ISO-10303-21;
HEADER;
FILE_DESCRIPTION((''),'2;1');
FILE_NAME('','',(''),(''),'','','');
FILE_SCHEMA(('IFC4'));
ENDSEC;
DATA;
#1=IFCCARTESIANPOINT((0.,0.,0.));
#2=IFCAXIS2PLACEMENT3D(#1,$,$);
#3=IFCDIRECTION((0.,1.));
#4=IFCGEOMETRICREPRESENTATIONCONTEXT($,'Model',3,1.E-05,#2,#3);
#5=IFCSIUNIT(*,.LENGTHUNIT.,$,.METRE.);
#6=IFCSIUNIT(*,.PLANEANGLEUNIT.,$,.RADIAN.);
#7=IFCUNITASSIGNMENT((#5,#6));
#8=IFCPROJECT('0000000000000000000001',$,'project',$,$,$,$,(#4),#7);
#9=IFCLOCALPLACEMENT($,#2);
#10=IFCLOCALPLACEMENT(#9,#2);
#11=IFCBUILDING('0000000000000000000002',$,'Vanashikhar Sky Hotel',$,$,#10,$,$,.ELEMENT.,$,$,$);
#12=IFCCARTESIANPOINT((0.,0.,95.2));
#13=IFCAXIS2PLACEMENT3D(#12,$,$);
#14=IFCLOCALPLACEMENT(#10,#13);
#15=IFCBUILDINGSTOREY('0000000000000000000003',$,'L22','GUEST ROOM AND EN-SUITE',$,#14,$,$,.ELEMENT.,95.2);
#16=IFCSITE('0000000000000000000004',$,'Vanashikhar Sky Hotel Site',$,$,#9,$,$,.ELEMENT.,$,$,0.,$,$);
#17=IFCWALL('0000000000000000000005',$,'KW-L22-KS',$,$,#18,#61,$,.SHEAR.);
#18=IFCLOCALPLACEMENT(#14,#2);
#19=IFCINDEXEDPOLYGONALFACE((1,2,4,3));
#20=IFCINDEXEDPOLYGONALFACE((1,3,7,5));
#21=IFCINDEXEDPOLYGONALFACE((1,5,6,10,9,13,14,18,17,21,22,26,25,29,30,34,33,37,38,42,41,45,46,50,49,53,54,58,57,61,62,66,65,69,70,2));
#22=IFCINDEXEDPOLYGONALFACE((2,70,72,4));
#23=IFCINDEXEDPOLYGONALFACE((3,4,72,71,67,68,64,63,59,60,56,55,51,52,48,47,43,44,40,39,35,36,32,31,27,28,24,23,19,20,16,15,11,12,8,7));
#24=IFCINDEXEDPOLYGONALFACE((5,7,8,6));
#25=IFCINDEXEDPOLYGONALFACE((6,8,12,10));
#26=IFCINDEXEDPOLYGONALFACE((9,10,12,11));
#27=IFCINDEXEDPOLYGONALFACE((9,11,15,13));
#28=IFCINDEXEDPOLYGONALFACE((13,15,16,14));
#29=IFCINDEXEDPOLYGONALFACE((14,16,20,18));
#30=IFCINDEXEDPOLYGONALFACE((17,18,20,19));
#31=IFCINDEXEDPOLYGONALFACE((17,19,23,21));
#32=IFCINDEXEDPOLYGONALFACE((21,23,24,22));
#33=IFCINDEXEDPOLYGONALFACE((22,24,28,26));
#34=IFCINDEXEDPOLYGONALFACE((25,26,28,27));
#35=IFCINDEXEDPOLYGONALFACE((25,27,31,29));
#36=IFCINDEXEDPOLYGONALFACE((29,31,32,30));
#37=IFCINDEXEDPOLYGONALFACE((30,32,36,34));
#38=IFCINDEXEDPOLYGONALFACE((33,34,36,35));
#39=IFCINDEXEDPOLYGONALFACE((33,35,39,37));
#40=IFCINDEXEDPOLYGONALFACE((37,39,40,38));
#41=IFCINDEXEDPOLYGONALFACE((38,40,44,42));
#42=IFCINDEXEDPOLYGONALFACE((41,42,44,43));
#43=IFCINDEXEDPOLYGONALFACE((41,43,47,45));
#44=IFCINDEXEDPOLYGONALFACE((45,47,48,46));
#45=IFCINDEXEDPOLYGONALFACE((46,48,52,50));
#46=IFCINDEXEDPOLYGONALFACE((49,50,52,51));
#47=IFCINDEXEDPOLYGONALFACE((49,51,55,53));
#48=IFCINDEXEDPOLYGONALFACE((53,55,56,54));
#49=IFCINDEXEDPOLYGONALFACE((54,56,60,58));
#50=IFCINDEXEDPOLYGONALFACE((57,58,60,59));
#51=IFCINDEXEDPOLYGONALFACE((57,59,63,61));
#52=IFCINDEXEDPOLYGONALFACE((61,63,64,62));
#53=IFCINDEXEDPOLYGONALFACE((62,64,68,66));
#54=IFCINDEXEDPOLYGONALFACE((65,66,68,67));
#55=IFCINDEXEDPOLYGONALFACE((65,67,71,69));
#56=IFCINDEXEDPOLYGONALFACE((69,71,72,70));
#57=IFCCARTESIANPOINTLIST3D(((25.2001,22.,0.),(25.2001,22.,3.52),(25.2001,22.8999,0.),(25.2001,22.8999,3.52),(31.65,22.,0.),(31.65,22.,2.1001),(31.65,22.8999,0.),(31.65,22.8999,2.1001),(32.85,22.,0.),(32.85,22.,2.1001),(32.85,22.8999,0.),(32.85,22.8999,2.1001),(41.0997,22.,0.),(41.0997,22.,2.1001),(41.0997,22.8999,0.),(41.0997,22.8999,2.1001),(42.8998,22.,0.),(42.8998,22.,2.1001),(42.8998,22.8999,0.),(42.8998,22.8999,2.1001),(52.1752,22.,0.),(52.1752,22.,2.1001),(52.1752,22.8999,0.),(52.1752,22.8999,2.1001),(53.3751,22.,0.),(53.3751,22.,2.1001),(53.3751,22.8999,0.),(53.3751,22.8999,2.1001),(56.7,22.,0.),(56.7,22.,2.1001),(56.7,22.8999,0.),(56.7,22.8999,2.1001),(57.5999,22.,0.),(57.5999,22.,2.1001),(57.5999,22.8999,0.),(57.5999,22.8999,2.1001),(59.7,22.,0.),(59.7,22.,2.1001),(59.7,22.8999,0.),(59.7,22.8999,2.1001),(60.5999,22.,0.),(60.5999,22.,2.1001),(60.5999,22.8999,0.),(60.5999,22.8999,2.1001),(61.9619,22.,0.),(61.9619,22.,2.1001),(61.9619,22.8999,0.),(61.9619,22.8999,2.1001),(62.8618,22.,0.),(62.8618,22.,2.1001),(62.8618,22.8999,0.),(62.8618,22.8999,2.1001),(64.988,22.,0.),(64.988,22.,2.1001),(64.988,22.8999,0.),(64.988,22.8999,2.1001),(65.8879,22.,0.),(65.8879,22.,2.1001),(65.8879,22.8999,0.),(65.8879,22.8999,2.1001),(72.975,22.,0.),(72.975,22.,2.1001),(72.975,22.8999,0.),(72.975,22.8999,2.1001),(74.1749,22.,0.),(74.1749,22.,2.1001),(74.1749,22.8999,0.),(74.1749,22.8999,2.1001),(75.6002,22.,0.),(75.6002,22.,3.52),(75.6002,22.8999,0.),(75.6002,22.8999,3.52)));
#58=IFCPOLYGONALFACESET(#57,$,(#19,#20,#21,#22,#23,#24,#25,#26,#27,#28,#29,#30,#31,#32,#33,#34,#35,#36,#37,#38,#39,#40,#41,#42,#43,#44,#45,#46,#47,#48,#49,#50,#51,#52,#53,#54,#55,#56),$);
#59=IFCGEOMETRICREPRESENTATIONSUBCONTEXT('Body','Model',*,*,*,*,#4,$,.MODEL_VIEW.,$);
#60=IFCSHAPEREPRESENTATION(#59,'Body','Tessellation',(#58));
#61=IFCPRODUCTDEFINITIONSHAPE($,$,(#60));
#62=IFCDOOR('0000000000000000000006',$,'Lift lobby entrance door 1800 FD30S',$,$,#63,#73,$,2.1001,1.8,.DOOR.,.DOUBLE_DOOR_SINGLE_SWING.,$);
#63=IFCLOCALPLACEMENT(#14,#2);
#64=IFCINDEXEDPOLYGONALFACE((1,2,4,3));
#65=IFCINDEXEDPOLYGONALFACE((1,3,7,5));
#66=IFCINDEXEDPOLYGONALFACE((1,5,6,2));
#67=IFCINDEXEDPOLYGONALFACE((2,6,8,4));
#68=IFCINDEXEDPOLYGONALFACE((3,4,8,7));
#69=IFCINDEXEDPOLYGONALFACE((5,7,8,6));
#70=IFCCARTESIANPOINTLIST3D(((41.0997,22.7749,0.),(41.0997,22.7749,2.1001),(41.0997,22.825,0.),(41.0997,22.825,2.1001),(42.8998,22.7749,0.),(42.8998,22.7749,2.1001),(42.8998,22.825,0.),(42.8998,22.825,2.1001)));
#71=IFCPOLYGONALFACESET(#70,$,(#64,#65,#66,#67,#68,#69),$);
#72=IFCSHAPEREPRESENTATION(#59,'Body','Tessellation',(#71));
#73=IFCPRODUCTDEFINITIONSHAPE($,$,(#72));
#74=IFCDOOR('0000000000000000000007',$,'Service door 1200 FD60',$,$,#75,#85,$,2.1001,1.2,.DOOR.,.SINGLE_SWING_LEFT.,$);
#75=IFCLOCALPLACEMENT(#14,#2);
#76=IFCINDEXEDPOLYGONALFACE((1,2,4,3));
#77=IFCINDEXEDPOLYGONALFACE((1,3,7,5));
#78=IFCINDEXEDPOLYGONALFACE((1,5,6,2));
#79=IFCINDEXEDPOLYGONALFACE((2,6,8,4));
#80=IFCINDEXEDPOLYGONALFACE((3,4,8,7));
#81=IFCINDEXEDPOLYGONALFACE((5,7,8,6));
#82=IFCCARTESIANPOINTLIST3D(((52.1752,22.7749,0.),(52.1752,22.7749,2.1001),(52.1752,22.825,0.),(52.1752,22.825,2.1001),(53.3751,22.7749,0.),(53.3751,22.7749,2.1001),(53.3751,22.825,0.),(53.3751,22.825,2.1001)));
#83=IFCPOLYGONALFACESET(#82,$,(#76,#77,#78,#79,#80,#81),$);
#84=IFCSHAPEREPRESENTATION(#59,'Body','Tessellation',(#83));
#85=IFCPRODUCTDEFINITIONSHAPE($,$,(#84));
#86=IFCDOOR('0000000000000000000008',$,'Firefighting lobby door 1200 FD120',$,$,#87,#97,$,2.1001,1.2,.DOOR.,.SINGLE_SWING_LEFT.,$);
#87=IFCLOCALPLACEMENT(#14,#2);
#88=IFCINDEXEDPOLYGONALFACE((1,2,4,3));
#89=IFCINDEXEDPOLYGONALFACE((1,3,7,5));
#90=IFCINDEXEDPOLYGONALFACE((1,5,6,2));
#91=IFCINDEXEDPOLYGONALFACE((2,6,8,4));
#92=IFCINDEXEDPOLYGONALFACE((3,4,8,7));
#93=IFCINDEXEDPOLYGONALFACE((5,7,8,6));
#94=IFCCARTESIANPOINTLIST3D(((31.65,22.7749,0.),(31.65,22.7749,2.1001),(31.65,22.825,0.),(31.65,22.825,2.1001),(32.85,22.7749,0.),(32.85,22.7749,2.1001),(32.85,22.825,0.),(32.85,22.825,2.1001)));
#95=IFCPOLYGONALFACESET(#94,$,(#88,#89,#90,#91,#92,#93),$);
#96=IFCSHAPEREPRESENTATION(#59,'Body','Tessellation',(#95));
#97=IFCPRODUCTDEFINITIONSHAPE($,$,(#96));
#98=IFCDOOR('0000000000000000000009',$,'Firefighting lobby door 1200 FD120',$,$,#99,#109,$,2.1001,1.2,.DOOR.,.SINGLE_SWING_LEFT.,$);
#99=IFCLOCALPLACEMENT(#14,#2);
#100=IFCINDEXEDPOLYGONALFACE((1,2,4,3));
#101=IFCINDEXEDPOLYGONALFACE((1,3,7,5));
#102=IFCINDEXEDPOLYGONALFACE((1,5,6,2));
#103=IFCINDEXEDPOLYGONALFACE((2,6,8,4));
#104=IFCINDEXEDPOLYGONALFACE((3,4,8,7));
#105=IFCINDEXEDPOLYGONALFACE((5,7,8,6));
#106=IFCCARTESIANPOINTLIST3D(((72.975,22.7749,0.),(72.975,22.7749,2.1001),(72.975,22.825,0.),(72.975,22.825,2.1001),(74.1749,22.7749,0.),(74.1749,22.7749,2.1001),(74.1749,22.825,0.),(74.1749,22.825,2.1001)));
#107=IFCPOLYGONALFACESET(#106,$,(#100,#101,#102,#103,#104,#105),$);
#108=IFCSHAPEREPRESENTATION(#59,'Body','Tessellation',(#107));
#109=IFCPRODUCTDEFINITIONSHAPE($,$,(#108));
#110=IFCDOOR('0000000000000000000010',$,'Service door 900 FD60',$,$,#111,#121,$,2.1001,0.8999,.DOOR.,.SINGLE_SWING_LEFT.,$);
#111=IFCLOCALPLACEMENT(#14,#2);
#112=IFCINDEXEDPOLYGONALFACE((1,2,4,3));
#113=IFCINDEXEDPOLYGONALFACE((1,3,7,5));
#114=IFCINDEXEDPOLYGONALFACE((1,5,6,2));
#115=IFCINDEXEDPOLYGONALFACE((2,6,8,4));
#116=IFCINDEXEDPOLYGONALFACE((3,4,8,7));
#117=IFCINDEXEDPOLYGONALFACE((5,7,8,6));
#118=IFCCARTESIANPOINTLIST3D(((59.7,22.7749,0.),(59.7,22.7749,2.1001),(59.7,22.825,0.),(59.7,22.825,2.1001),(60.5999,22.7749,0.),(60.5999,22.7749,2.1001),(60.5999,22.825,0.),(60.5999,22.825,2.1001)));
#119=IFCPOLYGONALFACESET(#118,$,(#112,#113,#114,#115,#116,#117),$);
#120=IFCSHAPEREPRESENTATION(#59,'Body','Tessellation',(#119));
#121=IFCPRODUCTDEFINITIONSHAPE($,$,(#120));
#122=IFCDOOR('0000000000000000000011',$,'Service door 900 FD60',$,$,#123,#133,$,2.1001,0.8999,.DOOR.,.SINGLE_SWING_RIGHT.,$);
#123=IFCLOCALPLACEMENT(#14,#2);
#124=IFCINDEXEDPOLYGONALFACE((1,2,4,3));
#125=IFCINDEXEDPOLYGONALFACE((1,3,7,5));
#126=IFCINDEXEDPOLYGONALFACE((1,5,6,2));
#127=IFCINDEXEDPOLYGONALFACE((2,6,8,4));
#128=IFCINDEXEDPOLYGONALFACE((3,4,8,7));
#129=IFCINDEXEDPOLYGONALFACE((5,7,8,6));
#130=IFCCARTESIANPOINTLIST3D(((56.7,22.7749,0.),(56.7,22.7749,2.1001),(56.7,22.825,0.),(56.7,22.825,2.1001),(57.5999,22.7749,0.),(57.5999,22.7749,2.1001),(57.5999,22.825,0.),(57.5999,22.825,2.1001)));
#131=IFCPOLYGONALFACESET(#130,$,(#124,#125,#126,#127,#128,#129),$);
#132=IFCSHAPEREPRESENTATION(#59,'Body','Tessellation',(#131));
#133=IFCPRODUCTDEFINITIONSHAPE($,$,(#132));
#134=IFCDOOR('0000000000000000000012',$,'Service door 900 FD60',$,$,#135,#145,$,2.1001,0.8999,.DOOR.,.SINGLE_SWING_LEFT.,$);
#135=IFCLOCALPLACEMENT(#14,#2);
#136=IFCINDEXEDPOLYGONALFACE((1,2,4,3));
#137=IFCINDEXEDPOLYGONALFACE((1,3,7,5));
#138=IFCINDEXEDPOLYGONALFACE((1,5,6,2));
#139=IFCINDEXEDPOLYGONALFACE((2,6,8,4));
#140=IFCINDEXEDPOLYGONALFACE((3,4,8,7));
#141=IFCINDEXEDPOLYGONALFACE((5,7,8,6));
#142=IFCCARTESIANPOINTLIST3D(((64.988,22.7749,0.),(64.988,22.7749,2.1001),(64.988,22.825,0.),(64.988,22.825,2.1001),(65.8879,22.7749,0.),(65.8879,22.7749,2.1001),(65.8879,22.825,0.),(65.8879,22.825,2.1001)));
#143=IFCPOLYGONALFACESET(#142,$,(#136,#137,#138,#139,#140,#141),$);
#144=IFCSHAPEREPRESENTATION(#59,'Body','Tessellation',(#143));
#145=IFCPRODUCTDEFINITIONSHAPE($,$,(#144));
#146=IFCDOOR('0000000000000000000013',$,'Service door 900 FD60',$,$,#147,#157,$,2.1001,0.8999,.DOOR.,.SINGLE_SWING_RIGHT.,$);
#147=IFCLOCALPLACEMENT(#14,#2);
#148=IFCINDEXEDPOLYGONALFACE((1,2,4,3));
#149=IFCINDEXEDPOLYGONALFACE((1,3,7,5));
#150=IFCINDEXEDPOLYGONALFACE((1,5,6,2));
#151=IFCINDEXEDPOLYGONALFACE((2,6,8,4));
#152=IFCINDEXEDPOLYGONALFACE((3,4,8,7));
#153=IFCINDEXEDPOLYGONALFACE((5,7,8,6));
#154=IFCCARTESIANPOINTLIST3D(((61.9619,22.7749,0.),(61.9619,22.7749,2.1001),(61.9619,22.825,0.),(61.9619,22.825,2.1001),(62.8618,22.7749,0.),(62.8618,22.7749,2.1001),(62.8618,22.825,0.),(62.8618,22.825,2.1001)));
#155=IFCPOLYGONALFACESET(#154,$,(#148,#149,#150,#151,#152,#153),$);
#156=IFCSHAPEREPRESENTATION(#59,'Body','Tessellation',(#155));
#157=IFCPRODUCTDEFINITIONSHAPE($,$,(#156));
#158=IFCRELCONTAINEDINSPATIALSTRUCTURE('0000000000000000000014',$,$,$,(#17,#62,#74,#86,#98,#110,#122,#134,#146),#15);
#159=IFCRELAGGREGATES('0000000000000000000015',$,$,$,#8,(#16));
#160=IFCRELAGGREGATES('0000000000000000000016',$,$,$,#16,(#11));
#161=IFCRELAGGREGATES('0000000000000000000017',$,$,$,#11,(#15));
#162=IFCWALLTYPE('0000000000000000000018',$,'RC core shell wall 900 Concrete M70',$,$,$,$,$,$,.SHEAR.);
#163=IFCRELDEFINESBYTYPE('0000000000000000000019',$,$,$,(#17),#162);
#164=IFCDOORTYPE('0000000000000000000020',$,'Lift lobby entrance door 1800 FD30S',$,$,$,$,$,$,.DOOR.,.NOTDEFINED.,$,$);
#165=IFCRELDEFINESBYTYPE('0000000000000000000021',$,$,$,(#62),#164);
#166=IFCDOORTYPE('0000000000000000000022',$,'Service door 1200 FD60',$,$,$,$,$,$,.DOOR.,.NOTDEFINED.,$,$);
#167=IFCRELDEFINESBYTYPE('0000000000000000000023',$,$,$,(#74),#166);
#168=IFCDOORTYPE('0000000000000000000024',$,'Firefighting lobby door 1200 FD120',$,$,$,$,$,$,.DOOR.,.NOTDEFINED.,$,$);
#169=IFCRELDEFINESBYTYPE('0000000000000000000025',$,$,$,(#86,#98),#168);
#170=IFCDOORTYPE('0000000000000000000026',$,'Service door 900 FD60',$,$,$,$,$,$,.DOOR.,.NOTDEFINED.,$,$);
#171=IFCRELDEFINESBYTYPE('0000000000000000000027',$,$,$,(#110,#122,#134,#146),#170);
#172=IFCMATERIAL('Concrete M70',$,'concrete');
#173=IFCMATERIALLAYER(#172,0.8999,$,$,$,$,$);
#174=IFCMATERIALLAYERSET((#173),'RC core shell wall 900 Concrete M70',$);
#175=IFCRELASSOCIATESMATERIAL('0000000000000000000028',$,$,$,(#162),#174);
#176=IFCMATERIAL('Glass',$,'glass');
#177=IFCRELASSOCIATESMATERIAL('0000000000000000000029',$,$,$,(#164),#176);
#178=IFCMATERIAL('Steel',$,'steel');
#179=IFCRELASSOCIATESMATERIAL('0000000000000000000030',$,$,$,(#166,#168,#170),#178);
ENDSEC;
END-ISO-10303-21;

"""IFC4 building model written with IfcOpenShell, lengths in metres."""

from ifc_helpers import new_model, si_unit, direction, frame, frame_2d, origin, place, context, subcontext, project, spatial, rectangle, extrude, source, transform, mapped, material, layer, layer_set, type_object, element, fill, save


model = new_model("IFC4")

# Units and contexts
model_context = context("Model", 3, precision=1e-05, world=origin(), true_north=direction((0.0, 1.0)))
body_context = subcontext(model_context, "Body", "Model", "MODEL_VIEW")
ifc_project = project(units=[si_unit("LENGTHUNIT", "METRE"), si_unit("PLANEANGLEUNIT", "RADIAN")], contexts=[model_context])

# Site, building, storey
site_placement = place(None, origin())
site = spatial("IfcSite", under=ifc_project, at=site_placement, Name="Vanashikhar Sky Hotel Site", CompositionType="ELEMENT", RefElevation=0.0)
building_placement = place(site_placement, origin())
building = spatial("IfcBuilding", under=site, at=building_placement, Name="Vanashikhar Sky Hotel", CompositionType="ELEMENT")
storey_placement = place(building_placement, frame((0.0, 0.0, 95.2)))
storey = spatial("IfcBuildingStorey", under=building, at=storey_placement, Name="L22", Description="GUEST ROOM AND EN-SUITE", CompositionType="ELEMENT", Elevation=95.2)

# Wall, openings, doors
ifc_material_1 = material(Name="Concrete M70", Category="concrete")
ifc_layer_1 = layer(ifc_material_1, 0.8999)
ifc_layer_set_1 = layer_set([ifc_layer_1], Name="RC core shell wall 900 Concrete M70")
wall_type_1 = type_object("IfcWallType", Name="RC core shell wall 900 Concrete M70", PredefinedType="SHEAR", material=ifc_layer_set_1)
shared_shape_1 = source(origin(), body_context, "Body", "SweptSolid", [
    extrude(rectangle(XDim=50.4001, YDim=0.8999, at=frame_2d((25.2002, 0.0))), origin(), (0.0, 0.0, 1.0), 3.52),
])
wall_1_placement = place(storey_placement, frame((25.2, 22.45, 0.0), z_axis=(0.0, 0.0, 1.0), x_axis=(1.0, 0.0, 0.0)))
wall_1 = element("IfcWall", 1, at=wall_1_placement, inside=storey, type_object=wall_type_1, Name="KW-L22-KS", PredefinedType="SHEAR", context=body_context, shape_type="MappedRepresentation", body=[
    mapped(shared_shape_1, transform((0.0, 0.0, 0.0), scale=1.0)),
])
shared_shape_2 = source(origin(), body_context, "Body", "SweptSolid", [
    extrude(rectangle(XDim=1.8, YDim=2.1001, at=frame_2d((0.8999, 1.05))), frame((0.0, 0.46, 0.0), z_axis=(0.0, -1.0, 0.0), x_axis=(1.0, 0.0, 0.0)), (0.0, 0.0, 1.0), 0.9199),
])
opening_1_placement = place(wall_1_placement, frame((15.8999, 0.0, 0.0)))
opening_1 = element("IfcOpeningElement", 2, at=opening_1_placement, cuts=wall_1, PredefinedType="OPENING", context=body_context, shape_type="MappedRepresentation", body=[
    mapped(shared_shape_2, transform((0.0, 0.0, 0.0), scale=1.0)),
])
shared_shape_3 = source(origin(), body_context, "Body", "SweptSolid", [
    extrude(rectangle(XDim=1.2, YDim=2.1001, at=frame_2d((0.6001, 1.05))), frame((0.0, 0.46, 0.0), z_axis=(0.0, -1.0, 0.0), x_axis=(1.0, 0.0, 0.0)), (0.0, 0.0, 1.0), 0.9199),
])
opening_2_placement = place(wall_1_placement, frame((26.9751, 0.0, 0.0)))
opening_2 = element("IfcOpeningElement", 3, at=opening_2_placement, cuts=wall_1, PredefinedType="OPENING", context=body_context, shape_type="MappedRepresentation", body=[
    mapped(shared_shape_3, transform((0.0, 0.0, 0.0), scale=1.0)),
])
shared_shape_4 = source(origin(), body_context, "Body", "SweptSolid", [
    extrude(rectangle(XDim=0.8999, YDim=2.1001, at=frame_2d((0.45, 1.05))), frame((0.0, 0.46, 0.0), z_axis=(0.0, -1.0, 0.0), x_axis=(1.0, 0.0, 0.0)), (0.0, 0.0, 1.0), 0.9199),
])
opening_3_placement = place(wall_1_placement, frame((34.5, 0.0, 0.0)))
opening_3 = element("IfcOpeningElement", 4, at=opening_3_placement, cuts=wall_1, PredefinedType="OPENING", context=body_context, shape_type="MappedRepresentation", body=[
    mapped(shared_shape_4, transform((0.0, 0.0, 0.0), scale=1.0)),
])
opening_4_placement = place(wall_1_placement, frame((31.5, 0.0, 0.0)))
opening_4 = element("IfcOpeningElement", 5, at=opening_4_placement, cuts=wall_1, PredefinedType="OPENING", context=body_context, shape_type="MappedRepresentation", body=[
    mapped(shared_shape_4, transform((0.0, 0.0, 0.0), scale=1.0)),
])
opening_5_placement = place(wall_1_placement, frame((39.7881, 0.0, 0.0)))
opening_5 = element("IfcOpeningElement", 6, at=opening_5_placement, cuts=wall_1, PredefinedType="OPENING", context=body_context, shape_type="MappedRepresentation", body=[
    mapped(shared_shape_4, transform((0.0, 0.0, 0.0), scale=1.0)),
])
opening_6_placement = place(wall_1_placement, frame((36.762, 0.0, 0.0)))
opening_6 = element("IfcOpeningElement", 7, at=opening_6_placement, cuts=wall_1, PredefinedType="OPENING", context=body_context, shape_type="MappedRepresentation", body=[
    mapped(shared_shape_4, transform((0.0, 0.0, 0.0), scale=1.0)),
])
opening_7_placement = place(wall_1_placement, frame((6.45, 0.0, 0.0)))
opening_7 = element("IfcOpeningElement", 8, at=opening_7_placement, cuts=wall_1, PredefinedType="OPENING", context=body_context, shape_type="MappedRepresentation", body=[
    mapped(shared_shape_3, transform((0.0, 0.0, 0.0), scale=1.0)),
])
opening_8_placement = place(wall_1_placement, frame((47.7749, 0.0, 0.0)))
opening_8 = element("IfcOpeningElement", 9, at=opening_8_placement, cuts=wall_1, PredefinedType="OPENING", context=body_context, shape_type="MappedRepresentation", body=[
    mapped(shared_shape_3, transform((0.0, 0.0, 0.0), scale=1.0)),
])
ifc_material_2 = material(Name="Glass", Category="glass")
door_type_1 = type_object("IfcDoorType", Name="Lift lobby entrance door 1800 FD30S", OperationType="NOTDEFINED", PredefinedType="DOOR", material=ifc_material_2)
shared_shape_5 = source(origin(), body_context, "Body", "SweptSolid", [
    extrude(rectangle(XDim=1.8, YDim=2.1001, at=frame_2d((0.8999, 1.05))), frame((0.0, 0.375, 0.0), z_axis=(0.0, -1.0, 0.0), x_axis=(1.0, 0.0, 0.0)), (0.0, 0.0, 1.0), 0.05),
])
door_1_placement = place(opening_1_placement, origin())
door_1 = element("IfcDoor", 10, at=door_1_placement, inside=storey, type_object=door_type_1, Name="Lift lobby entrance door 1800 FD30S", OperationType="DOUBLE_DOOR_SINGLE_SWING", OverallHeight=2.1001, OverallWidth=1.8, PredefinedType="DOOR", context=body_context, shape_type="MappedRepresentation", body=[
    mapped(shared_shape_5, transform((0.0, 0.0, 0.0), scale=1.0)),
])
fill(opening_1, door_1)
ifc_material_3 = material(Name="Steel", Category="steel")
door_type_2 = type_object("IfcDoorType", Name="Service door 1200 FD60", OperationType="NOTDEFINED", PredefinedType="DOOR", material=ifc_material_3)
shared_shape_6 = source(origin(), body_context, "Body", "SweptSolid", [
    extrude(rectangle(XDim=1.2, YDim=2.1001, at=frame_2d((0.6001, 1.05))), frame((0.0, 0.375, 0.0), z_axis=(0.0, -1.0, 0.0), x_axis=(1.0, 0.0, 0.0)), (0.0, 0.0, 1.0), 0.05),
])
door_2_placement = place(opening_2_placement, origin())
door_2 = element("IfcDoor", 11, at=door_2_placement, inside=storey, type_object=door_type_2, Name="Service door 1200 FD60", OperationType="SINGLE_SWING_LEFT", OverallHeight=2.1001, OverallWidth=1.2, PredefinedType="DOOR", context=body_context, shape_type="MappedRepresentation", body=[
    mapped(shared_shape_6, transform((0.0, 0.0, 0.0), scale=1.0)),
])
fill(opening_2, door_2)
door_type_3 = type_object("IfcDoorType", Name="Firefighting lobby door 1200 FD120", OperationType="NOTDEFINED", PredefinedType="DOOR", material=ifc_material_3)
door_3_placement = place(opening_7_placement, origin())
door_3 = element("IfcDoor", 12, at=door_3_placement, inside=storey, type_object=door_type_3, Name="Firefighting lobby door 1200 FD120", OperationType="SINGLE_SWING_LEFT", OverallHeight=2.1001, OverallWidth=1.2, PredefinedType="DOOR", context=body_context, shape_type="MappedRepresentation", body=[
    mapped(shared_shape_6, transform((0.0, 0.0, 0.0), scale=1.0)),
])
fill(opening_7, door_3)
door_4_placement = place(opening_8_placement, origin())
door_4 = element("IfcDoor", 13, at=door_4_placement, inside=storey, type_object=door_type_3, Name="Firefighting lobby door 1200 FD120", OperationType="SINGLE_SWING_LEFT", OverallHeight=2.1001, OverallWidth=1.2, PredefinedType="DOOR", context=body_context, shape_type="MappedRepresentation", body=[
    mapped(shared_shape_6, transform((0.0, 0.0, 0.0), scale=1.0)),
])
fill(opening_8, door_4)
door_type_4 = type_object("IfcDoorType", Name="Service door 900 FD60", OperationType="NOTDEFINED", PredefinedType="DOOR", material=ifc_material_3)
shared_shape_7 = source(origin(), body_context, "Body", "SweptSolid", [
    extrude(rectangle(XDim=0.8999, YDim=2.1001, at=frame_2d((0.45, 1.05))), frame((0.0, 0.375, 0.0), z_axis=(0.0, -1.0, 0.0), x_axis=(1.0, 0.0, 0.0)), (0.0, 0.0, 1.0), 0.05),
])
door_5_placement = place(opening_3_placement, origin())
door_5 = element("IfcDoor", 14, at=door_5_placement, inside=storey, type_object=door_type_4, Name="Service door 900 FD60", OperationType="SINGLE_SWING_LEFT", OverallHeight=2.1001, OverallWidth=0.8999, PredefinedType="DOOR", context=body_context, shape_type="MappedRepresentation", body=[
    mapped(shared_shape_7, transform((0.0, 0.0, 0.0), scale=1.0)),
])
fill(opening_3, door_5)
door_6_placement = place(opening_4_placement, origin())
door_6 = element("IfcDoor", 15, at=door_6_placement, inside=storey, type_object=door_type_4, Name="Service door 900 FD60", OperationType="SINGLE_SWING_RIGHT", OverallHeight=2.1001, OverallWidth=0.8999, PredefinedType="DOOR", context=body_context, shape_type="MappedRepresentation", body=[
    mapped(shared_shape_7, transform((0.0, 0.0, 0.0), scale=1.0)),
])
fill(opening_4, door_6)
door_7_placement = place(opening_5_placement, origin())
door_7 = element("IfcDoor", 16, at=door_7_placement, inside=storey, type_object=door_type_4, Name="Service door 900 FD60", OperationType="SINGLE_SWING_LEFT", OverallHeight=2.1001, OverallWidth=0.8999, PredefinedType="DOOR", context=body_context, shape_type="MappedRepresentation", body=[
    mapped(shared_shape_7, transform((0.0, 0.0, 0.0), scale=1.0)),
])
fill(opening_5, door_7)
door_8_placement = place(opening_6_placement, origin())
door_8 = element("IfcDoor", 17, at=door_8_placement, inside=storey, type_object=door_type_4, Name="Service door 900 FD60", OperationType="SINGLE_SWING_RIGHT", OverallHeight=2.1001, OverallWidth=0.8999, PredefinedType="DOOR", context=body_context, shape_type="MappedRepresentation", body=[
    mapped(shared_shape_7, transform((0.0, 0.0, 0.0), scale=1.0)),
])
fill(opening_6, door_8)

save(model, "model.ifc")
